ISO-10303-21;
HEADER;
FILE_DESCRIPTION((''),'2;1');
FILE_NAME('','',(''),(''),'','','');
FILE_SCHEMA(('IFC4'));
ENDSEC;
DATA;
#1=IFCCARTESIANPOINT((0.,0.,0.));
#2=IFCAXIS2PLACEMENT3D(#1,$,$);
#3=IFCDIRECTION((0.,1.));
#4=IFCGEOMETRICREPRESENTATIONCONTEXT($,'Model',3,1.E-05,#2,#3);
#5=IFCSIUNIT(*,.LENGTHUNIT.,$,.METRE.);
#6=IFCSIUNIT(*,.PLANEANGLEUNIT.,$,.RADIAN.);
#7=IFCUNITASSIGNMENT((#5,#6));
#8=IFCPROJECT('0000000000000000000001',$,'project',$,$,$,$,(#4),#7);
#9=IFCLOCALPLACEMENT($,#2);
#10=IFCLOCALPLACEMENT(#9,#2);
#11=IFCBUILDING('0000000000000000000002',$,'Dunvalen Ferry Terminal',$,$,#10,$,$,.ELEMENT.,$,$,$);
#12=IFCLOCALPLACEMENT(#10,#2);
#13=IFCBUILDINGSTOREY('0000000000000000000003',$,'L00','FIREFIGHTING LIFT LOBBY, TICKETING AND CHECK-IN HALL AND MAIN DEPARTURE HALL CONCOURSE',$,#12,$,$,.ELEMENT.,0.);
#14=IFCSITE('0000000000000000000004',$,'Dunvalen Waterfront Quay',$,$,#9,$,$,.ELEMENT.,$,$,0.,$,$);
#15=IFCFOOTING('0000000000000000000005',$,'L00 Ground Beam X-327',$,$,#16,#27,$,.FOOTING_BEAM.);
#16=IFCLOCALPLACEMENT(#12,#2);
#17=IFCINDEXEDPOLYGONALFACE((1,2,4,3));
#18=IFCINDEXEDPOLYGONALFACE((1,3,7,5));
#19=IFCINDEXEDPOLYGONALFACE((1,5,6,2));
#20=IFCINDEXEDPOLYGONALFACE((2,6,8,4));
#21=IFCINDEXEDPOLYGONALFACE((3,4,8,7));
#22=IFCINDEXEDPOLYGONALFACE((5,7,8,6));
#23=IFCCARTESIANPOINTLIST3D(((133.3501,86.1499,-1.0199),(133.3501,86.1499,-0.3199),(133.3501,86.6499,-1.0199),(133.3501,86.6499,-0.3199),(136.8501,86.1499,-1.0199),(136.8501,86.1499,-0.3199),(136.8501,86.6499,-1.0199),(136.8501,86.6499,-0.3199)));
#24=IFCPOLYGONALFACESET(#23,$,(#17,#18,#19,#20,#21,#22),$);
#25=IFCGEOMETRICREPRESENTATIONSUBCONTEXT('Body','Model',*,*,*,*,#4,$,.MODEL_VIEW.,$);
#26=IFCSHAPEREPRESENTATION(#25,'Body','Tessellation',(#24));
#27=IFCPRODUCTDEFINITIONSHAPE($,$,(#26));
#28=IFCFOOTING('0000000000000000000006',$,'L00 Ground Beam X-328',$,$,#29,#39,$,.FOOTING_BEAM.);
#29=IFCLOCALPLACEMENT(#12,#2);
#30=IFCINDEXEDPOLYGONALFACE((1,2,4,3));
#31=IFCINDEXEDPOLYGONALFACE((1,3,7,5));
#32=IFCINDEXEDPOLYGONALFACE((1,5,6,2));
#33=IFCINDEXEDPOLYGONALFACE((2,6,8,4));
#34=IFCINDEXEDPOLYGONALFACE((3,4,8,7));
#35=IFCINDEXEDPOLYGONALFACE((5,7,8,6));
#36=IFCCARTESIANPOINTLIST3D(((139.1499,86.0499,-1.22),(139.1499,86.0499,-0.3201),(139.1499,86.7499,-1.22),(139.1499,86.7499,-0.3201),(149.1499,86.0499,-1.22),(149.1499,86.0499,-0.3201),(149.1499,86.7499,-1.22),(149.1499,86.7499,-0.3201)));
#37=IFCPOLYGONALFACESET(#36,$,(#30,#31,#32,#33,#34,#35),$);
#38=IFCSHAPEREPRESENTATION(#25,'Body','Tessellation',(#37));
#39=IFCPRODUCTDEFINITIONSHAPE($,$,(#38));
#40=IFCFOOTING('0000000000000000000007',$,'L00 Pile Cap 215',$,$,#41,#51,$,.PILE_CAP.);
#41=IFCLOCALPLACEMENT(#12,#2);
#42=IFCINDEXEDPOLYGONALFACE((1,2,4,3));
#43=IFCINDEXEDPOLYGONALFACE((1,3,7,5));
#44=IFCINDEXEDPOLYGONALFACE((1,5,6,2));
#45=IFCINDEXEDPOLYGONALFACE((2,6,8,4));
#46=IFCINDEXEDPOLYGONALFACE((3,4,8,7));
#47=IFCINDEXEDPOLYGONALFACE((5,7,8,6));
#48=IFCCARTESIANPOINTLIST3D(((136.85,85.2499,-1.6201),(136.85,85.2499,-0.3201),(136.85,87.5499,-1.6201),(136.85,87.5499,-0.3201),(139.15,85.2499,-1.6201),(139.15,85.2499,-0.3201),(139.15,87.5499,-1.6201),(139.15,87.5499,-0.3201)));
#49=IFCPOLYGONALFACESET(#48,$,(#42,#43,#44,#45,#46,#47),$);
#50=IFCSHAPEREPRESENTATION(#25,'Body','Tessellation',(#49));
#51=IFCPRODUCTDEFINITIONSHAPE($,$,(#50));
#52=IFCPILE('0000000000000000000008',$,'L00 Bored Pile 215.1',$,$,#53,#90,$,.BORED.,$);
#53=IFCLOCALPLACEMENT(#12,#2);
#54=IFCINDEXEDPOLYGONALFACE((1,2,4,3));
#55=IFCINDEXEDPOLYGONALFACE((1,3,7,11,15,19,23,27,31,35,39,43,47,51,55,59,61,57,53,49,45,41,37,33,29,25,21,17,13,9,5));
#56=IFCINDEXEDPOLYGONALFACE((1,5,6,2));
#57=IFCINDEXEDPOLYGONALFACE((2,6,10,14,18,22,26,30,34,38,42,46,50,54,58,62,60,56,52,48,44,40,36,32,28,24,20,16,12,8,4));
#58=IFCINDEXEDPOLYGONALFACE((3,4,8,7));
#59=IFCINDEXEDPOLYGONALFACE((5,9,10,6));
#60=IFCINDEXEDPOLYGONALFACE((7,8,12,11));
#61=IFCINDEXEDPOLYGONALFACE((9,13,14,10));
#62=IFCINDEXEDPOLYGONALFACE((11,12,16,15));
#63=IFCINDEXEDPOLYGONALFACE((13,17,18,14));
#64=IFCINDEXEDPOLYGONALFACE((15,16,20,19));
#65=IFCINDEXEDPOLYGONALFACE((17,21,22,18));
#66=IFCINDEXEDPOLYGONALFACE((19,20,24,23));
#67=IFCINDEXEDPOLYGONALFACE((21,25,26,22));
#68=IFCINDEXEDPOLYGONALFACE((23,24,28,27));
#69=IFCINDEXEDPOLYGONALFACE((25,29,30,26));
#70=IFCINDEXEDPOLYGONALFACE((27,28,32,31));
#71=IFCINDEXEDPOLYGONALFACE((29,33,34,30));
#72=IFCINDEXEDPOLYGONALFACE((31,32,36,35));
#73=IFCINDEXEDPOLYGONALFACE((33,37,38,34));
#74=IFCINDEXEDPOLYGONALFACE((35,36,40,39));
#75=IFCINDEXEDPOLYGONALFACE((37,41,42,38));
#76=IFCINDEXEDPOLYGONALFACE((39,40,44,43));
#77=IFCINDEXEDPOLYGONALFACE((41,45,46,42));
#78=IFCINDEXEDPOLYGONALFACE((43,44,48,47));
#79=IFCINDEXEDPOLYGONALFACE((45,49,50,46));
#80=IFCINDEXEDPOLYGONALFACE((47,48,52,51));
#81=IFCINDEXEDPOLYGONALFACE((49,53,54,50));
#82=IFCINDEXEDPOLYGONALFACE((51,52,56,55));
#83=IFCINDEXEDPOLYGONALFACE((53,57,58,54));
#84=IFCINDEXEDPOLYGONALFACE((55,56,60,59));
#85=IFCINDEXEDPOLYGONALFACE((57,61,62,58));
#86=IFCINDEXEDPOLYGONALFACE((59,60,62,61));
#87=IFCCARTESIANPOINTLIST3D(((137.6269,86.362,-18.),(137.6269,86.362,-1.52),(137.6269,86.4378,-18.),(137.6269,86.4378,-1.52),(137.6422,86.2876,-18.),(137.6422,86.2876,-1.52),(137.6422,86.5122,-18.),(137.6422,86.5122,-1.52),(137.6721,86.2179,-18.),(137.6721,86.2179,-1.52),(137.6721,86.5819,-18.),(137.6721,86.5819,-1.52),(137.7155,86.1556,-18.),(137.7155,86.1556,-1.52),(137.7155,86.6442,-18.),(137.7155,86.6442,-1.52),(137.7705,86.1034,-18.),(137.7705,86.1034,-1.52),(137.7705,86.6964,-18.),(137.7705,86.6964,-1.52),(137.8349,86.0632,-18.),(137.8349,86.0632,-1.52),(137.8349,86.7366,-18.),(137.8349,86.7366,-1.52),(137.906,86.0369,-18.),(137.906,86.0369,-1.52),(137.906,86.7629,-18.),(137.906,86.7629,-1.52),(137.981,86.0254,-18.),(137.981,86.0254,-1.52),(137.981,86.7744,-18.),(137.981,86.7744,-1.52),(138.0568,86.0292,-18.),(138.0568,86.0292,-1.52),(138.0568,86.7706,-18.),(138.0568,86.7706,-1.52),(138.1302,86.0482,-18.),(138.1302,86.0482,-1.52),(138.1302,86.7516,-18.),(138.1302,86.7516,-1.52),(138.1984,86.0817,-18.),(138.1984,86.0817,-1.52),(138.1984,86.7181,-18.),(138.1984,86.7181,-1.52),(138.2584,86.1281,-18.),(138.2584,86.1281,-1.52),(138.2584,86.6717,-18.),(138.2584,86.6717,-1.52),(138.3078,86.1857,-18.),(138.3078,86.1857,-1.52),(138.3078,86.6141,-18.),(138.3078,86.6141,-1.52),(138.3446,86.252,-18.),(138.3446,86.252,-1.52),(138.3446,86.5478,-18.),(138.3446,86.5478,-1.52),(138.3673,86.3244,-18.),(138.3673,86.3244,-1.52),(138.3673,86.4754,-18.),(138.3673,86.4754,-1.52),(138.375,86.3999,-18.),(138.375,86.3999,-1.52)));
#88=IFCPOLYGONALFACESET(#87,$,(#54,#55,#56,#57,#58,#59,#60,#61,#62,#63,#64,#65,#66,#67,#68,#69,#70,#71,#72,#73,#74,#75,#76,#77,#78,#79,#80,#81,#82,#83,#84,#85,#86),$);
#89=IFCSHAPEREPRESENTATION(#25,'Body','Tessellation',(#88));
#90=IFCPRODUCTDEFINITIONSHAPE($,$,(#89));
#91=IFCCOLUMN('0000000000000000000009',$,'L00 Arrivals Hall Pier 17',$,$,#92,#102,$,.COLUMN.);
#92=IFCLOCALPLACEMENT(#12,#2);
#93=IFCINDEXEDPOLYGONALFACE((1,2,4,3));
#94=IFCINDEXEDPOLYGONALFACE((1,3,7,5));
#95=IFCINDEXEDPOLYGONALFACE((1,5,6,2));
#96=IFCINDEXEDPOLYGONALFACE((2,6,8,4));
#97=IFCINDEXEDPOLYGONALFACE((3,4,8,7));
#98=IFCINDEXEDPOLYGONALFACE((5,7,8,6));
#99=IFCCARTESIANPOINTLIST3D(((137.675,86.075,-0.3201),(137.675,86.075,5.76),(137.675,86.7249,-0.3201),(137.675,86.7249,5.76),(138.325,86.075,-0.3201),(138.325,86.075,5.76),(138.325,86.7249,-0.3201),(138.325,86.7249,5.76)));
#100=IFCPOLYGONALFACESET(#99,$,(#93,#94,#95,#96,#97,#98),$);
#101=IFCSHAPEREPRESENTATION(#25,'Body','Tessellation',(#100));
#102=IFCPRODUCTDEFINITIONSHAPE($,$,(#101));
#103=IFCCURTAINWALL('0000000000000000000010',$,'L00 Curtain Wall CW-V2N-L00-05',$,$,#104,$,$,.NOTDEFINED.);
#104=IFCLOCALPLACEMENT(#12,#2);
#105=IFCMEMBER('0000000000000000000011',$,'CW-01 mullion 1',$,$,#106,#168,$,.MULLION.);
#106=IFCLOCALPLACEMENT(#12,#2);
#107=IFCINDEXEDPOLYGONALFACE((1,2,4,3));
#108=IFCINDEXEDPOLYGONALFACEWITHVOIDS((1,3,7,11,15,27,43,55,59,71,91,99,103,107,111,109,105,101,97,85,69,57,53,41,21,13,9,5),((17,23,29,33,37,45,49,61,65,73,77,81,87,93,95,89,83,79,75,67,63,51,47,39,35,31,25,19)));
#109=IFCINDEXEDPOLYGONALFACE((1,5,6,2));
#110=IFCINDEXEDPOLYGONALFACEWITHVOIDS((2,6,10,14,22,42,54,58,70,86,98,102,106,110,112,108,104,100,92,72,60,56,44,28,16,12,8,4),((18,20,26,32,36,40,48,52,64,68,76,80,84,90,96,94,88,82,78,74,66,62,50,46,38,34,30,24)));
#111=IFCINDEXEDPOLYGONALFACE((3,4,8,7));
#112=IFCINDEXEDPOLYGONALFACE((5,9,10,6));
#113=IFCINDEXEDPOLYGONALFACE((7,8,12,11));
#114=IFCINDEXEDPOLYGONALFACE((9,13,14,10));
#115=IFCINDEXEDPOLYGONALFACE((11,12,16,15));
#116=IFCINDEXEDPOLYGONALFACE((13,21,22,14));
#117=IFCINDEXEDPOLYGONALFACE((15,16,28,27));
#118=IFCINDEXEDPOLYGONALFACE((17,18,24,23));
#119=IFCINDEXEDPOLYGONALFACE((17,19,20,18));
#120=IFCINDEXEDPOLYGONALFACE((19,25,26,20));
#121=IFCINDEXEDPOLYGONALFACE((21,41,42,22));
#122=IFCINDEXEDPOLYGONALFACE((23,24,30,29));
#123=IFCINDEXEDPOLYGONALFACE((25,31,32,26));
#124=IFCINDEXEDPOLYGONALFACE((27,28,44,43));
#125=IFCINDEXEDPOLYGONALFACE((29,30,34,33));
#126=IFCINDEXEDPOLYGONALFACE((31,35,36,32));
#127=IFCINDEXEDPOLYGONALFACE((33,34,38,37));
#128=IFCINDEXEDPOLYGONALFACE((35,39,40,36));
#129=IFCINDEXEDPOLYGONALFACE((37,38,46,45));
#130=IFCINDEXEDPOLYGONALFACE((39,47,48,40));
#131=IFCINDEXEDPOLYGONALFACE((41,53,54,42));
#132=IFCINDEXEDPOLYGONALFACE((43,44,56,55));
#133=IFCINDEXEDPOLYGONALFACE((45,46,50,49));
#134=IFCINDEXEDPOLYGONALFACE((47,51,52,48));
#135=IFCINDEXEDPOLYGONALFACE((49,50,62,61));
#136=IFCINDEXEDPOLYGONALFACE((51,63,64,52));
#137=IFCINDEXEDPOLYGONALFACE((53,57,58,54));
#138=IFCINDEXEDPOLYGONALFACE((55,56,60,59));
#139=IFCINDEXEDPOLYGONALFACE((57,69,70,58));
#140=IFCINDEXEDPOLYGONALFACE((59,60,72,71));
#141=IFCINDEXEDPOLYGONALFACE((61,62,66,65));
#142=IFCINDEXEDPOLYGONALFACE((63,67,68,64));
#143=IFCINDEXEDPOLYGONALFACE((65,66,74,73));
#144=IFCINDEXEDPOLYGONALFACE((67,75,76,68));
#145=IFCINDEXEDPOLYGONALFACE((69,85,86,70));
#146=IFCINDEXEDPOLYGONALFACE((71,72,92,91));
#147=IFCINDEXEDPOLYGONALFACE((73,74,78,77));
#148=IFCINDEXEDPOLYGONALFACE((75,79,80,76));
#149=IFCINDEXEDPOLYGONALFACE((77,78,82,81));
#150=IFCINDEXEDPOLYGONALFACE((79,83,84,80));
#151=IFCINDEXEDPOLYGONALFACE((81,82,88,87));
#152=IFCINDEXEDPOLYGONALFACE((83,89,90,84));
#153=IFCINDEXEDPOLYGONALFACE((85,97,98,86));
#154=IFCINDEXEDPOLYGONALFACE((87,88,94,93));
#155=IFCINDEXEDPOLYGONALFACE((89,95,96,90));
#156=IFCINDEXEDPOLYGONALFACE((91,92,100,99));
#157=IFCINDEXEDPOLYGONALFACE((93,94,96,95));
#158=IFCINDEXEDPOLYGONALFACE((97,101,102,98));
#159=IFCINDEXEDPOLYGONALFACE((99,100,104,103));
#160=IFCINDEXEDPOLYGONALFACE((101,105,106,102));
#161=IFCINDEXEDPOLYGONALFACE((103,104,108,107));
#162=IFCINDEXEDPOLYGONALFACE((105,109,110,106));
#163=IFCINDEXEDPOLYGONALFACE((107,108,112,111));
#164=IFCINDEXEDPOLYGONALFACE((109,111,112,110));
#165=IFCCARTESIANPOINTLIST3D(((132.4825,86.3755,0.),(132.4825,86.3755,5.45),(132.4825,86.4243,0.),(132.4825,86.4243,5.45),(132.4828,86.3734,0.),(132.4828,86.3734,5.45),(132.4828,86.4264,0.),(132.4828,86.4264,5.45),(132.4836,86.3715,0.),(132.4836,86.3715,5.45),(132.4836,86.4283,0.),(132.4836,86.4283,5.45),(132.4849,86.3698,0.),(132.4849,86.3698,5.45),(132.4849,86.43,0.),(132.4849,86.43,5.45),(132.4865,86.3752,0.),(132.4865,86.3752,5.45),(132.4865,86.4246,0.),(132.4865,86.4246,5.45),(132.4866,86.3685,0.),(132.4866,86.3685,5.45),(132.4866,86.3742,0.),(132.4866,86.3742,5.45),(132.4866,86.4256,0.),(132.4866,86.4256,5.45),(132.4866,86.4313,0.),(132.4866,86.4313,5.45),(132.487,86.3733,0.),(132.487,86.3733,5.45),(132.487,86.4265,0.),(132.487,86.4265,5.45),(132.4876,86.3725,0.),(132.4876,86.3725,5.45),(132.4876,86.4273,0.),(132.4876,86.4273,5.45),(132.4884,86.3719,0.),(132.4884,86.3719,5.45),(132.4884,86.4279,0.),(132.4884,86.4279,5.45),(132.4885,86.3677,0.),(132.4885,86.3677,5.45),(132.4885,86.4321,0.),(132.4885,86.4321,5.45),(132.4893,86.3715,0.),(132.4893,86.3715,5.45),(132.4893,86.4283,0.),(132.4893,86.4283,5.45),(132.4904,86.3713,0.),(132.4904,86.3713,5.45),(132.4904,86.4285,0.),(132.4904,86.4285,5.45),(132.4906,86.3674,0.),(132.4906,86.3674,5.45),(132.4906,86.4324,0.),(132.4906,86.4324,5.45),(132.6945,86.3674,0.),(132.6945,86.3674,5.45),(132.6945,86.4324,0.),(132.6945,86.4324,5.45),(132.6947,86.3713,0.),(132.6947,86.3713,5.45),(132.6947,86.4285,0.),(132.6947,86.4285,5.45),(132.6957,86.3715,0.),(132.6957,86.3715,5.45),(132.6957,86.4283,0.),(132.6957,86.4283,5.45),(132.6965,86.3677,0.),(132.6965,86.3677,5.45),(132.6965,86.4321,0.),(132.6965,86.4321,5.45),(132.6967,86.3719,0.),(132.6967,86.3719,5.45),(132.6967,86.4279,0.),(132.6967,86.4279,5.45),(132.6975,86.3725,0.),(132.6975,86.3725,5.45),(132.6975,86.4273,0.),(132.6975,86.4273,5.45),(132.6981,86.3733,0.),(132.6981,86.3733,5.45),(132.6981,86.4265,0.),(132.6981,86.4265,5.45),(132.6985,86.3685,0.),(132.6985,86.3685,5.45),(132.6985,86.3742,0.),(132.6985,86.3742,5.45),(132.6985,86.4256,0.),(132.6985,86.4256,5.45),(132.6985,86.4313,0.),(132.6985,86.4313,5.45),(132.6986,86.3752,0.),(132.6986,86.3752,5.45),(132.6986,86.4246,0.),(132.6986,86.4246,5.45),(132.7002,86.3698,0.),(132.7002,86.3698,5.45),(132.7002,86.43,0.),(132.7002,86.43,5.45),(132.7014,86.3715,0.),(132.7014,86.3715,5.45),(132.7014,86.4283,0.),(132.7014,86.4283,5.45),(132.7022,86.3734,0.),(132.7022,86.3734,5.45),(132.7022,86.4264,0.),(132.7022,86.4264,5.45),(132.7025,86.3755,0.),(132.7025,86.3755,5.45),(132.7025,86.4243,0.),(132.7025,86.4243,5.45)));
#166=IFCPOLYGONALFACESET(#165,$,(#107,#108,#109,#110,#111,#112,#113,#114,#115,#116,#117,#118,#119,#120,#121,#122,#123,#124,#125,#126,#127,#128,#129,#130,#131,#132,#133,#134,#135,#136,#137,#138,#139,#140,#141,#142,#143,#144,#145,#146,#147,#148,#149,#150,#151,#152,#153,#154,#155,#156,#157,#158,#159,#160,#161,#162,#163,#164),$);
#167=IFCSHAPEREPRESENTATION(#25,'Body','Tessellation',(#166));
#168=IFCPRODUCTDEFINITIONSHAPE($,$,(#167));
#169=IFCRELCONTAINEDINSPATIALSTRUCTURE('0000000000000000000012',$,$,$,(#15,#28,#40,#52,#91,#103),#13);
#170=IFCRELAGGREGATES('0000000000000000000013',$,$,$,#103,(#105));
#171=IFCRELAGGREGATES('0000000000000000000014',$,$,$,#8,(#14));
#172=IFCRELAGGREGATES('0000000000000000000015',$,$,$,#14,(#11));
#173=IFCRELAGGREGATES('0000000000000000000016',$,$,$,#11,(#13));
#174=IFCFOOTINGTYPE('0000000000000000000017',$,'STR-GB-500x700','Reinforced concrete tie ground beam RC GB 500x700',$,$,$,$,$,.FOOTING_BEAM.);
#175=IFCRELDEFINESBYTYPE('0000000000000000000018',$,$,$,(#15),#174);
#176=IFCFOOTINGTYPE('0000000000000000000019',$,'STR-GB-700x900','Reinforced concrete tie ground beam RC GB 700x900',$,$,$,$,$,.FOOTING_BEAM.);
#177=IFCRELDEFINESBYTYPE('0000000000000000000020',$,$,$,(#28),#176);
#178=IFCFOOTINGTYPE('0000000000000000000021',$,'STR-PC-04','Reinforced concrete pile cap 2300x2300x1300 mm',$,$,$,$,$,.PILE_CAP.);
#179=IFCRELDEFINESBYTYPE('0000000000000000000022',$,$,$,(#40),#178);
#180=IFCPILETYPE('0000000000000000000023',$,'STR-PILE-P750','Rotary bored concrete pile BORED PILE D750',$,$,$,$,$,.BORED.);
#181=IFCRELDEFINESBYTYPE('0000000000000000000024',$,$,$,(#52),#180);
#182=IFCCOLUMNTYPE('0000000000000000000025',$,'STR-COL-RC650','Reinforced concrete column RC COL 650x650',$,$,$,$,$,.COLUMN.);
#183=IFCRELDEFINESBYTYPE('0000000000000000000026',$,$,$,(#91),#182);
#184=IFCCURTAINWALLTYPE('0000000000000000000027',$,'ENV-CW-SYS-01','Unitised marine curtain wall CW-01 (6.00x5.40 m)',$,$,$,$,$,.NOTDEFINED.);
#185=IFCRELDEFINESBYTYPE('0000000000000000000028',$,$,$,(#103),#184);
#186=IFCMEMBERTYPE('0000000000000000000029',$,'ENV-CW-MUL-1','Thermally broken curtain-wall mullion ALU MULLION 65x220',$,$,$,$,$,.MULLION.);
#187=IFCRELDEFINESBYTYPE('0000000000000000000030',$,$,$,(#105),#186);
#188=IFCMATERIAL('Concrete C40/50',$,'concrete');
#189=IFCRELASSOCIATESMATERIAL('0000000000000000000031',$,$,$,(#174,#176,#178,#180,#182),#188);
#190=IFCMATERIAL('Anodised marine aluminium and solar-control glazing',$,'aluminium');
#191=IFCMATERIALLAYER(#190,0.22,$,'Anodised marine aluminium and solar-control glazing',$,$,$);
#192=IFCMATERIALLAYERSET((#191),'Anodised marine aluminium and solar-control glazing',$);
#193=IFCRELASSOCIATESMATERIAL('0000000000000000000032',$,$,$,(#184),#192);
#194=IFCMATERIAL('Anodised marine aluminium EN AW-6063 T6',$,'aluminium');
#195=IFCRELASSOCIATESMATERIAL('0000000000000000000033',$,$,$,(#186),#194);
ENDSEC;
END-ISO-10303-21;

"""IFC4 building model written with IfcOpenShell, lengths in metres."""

from ifc_helpers import new_model, si_unit, direction, frame, origin, origin_2d, place, context, subcontext, project, spatial, rectangle, hollow_rectangle, circle, extrude, material, layer, layer_set, material_profile, profile_set, type_object, element, aggregate, save


model = new_model("IFC4")

# Units and contexts
model_context = context("Model", 3, precision=1e-05, world=origin(), true_north=direction((0.0, 1.0)))
body_context = subcontext(model_context, "Body", "Model", "MODEL_VIEW")
ifc_project = project(units=[si_unit("LENGTHUNIT", "METRE"), si_unit("PLANEANGLEUNIT", "RADIAN")], contexts=[model_context])

# Site, building, storey
site_placement = place(None, origin())
site = spatial("IfcSite", under=ifc_project, at=site_placement, Name="Dunvalen Waterfront Quay", CompositionType="ELEMENT", RefElevation=0.0)
building_placement = place(site_placement, origin())
building = spatial("IfcBuilding", under=site, at=building_placement, Name="Dunvalen Ferry Terminal", CompositionType="ELEMENT")
storey_placement = place(building_placement, origin())
storey = spatial("IfcBuildingStorey", under=building, at=storey_placement, Name="L00", Description="FIREFIGHTING LIFT LOBBY, TICKETING AND CHECK-IN HALL AND MAIN DEPARTURE HALL CONCOURSE", CompositionType="ELEMENT", Elevation=0.0)

# Footings
ifc_material_1 = material(Name="Concrete C40/50", Category="concrete")
ifc_material_profile_1 = material_profile(ifc_material_1, rectangle(XDim=0.5, YDim=0.7, at=origin_2d()), Name="Concrete C40/50")
ifc_profile_set_1 = profile_set([ifc_material_profile_1], Name="Concrete C40/50")
footing_type_1 = type_object("IfcFootingType", Name="STR-GB-500x700", Description="Reinforced concrete tie ground beam RC GB 500x700", PredefinedType="FOOTING_BEAM", material=ifc_profile_set_1)
footing_1_placement = place(storey_placement, frame((133.3501, 86.3999, -0.6699), z_axis=(1.0, 0.0, 0.0), x_axis=(0.0, 1.0, 0.0)))
element("IfcFooting", 1, at=footing_1_placement, inside=storey, type_object=footing_type_1, Name="L00 Ground Beam X-327", PredefinedType="FOOTING_BEAM", context=body_context, shape_type="SweptSolid", body=[
    extrude(rectangle(XDim=0.5, YDim=0.7, at=origin_2d()), origin(), (0.0, 0.0, 1.0), 3.5),
])
ifc_material_profile_2 = material_profile(ifc_material_1, rectangle(XDim=0.7, YDim=0.8999, at=origin_2d()), Name="Concrete C40/50")
ifc_profile_set_2 = profile_set([ifc_material_profile_2], Name="Concrete C40/50")
footing_type_2 = type_object("IfcFootingType", Name="STR-GB-700x900", Description="Reinforced concrete tie ground beam RC GB 700x900", PredefinedType="FOOTING_BEAM", material=ifc_profile_set_2)
footing_2_placement = place(storey_placement, frame((139.1499, 86.3999, -0.77), z_axis=(1.0, 0.0, 0.0), x_axis=(0.0, 1.0, 0.0)))
element("IfcFooting", 2, at=footing_2_placement, inside=storey, type_object=footing_type_2, Name="L00 Ground Beam X-328", PredefinedType="FOOTING_BEAM", context=body_context, shape_type="SweptSolid", body=[
    extrude(rectangle(XDim=0.7, YDim=0.8999, at=origin_2d()), origin(), (0.0, 0.0, 1.0), 10.0),
])
footing_type_3 = type_object("IfcFootingType", Name="STR-PC-04", Description="Reinforced concrete pile cap 2300x2300x1300 mm", PredefinedType="PILE_CAP", material=ifc_material_1)
footing_3_placement = place(storey_placement, frame((138.0, 86.3999, -1.6201), z_axis=(0.0, 0.0, 1.0), x_axis=(1.0, 0.0, 0.0)))
element("IfcFooting", 3, at=footing_3_placement, inside=storey, type_object=footing_type_3, Name="L00 Pile Cap 215", PredefinedType="PILE_CAP", context=body_context, shape_type="SweptSolid", body=[
    extrude(rectangle(XDim=2.3, YDim=2.3, at=origin_2d()), origin(), (0.0, 0.0, 1.0), 1.3),
])

# Pile
ifc_material_profile_3 = material_profile(ifc_material_1, circle(Radius=0.375, at=origin_2d()), Name="Concrete C40/50")
ifc_profile_set_3 = profile_set([ifc_material_profile_3], Name="Concrete C40/50")
pile_type = type_object("IfcPileType", Name="STR-PILE-P750", Description="Rotary bored concrete pile BORED PILE D750", PredefinedType="BORED", material=ifc_profile_set_3)
pile_placement = place(storey_placement, frame((138.0, 86.3999, -1.52), z_axis=(0.0, 0.0, -1.0), x_axis=(1.0, 0.0, 0.0)))
element("IfcPile", 4, at=pile_placement, inside=storey, type_object=pile_type, Name="L00 Bored Pile 215.1", PredefinedType="BORED", context=body_context, shape_type="SweptSolid", body=[
    extrude(circle(Radius=0.375, at=origin_2d()), origin(), (0.0, 0.0, 1.0), 16.48),
])

# Column
ifc_material_profile_4 = material_profile(ifc_material_1, rectangle(XDim=0.6499, YDim=0.6499, at=origin_2d()), Name="Concrete C40/50")
ifc_profile_set_4 = profile_set([ifc_material_profile_4], Name="Concrete C40/50")
column_type = type_object("IfcColumnType", Name="STR-COL-RC650", Description="Reinforced concrete column RC COL 650x650", PredefinedType="COLUMN", material=ifc_profile_set_4)
column_placement = place(storey_placement, frame((138.0, 86.3999, -0.3201), z_axis=(0.0, 0.0, 1.0), x_axis=(1.0, 0.0, 0.0)))
element("IfcColumn", 5, at=column_placement, inside=storey, type_object=column_type, Name="L00 Arrivals Hall Pier 17", PredefinedType="COLUMN", context=body_context, shape_type="SweptSolid", body=[
    extrude(rectangle(XDim=0.6499, YDim=0.6499, at=origin_2d()), origin(), (0.0, 0.0, 1.0), 6.0801),
])

# Curtain wall, member
ifc_material_2 = material(Name="Anodised marine aluminium and solar-control glazing", Category="aluminium")
ifc_layer_1 = layer(ifc_material_2, 0.22, Name="Anodised marine aluminium and solar-control glazing")
ifc_layer_set_1 = layer_set([ifc_layer_1], Name="Anodised marine aluminium and solar-control glazing")
curtain_wall_type = type_object("IfcCurtainWallType", Name="ENV-CW-SYS-01", Description="Unitised marine curtain wall CW-01 (6.00x5.40 m)", PredefinedType="NOTDEFINED", material=ifc_layer_set_1)
curtain_wall_1_placement = place(storey_placement, origin())
curtain_wall_1 = element("IfcCurtainWall", 6, at=curtain_wall_1_placement, inside=storey, type_object=curtain_wall_type, Name="L00 Curtain Wall CW-V2N-L00-05", PredefinedType="NOTDEFINED")
ifc_material_3 = material(Name="Anodised marine aluminium EN AW-6063 T6", Category="aluminium")
ifc_material_profile_5 = material_profile(ifc_material_3, hollow_rectangle(XDim=0.0649, YDim=0.22, WallThickness=0.0039, InnerFilletRadius=0.0039, OuterFilletRadius=0.0081, at=origin_2d()), Name="Anodised marine aluminium EN AW-6063 T6")
ifc_profile_set_5 = profile_set([ifc_material_profile_5], Name="Anodised marine aluminium EN AW-6063 T6")
member_type_1 = type_object("IfcMemberType", Name="ENV-CW-MUL-1", Description="Thermally broken curtain-wall mullion ALU MULLION 65x220", PredefinedType="MULLION", material=ifc_profile_set_5)
member_1_placement = place(storey_placement, frame((132.5925, 86.3999, 0.0), z_axis=(0.0, 0.0, 1.0), x_axis=(0.0, 1.0, 0.0)))
member_1 = element("IfcMember", 7, at=member_1_placement, type_object=member_type_1, Name="CW-01 mullion 1", PredefinedType="MULLION", context=body_context, shape_type="SweptSolid", body=[
    extrude(hollow_rectangle(XDim=0.0649, YDim=0.22, WallThickness=0.0039, InnerFilletRadius=0.0039, OuterFilletRadius=0.0081, at=origin_2d()), origin(), (0.0, 0.0, 1.0), 5.45),
])

aggregate(curtain_wall_1, [member_1])

save(model, "model.ifc")
